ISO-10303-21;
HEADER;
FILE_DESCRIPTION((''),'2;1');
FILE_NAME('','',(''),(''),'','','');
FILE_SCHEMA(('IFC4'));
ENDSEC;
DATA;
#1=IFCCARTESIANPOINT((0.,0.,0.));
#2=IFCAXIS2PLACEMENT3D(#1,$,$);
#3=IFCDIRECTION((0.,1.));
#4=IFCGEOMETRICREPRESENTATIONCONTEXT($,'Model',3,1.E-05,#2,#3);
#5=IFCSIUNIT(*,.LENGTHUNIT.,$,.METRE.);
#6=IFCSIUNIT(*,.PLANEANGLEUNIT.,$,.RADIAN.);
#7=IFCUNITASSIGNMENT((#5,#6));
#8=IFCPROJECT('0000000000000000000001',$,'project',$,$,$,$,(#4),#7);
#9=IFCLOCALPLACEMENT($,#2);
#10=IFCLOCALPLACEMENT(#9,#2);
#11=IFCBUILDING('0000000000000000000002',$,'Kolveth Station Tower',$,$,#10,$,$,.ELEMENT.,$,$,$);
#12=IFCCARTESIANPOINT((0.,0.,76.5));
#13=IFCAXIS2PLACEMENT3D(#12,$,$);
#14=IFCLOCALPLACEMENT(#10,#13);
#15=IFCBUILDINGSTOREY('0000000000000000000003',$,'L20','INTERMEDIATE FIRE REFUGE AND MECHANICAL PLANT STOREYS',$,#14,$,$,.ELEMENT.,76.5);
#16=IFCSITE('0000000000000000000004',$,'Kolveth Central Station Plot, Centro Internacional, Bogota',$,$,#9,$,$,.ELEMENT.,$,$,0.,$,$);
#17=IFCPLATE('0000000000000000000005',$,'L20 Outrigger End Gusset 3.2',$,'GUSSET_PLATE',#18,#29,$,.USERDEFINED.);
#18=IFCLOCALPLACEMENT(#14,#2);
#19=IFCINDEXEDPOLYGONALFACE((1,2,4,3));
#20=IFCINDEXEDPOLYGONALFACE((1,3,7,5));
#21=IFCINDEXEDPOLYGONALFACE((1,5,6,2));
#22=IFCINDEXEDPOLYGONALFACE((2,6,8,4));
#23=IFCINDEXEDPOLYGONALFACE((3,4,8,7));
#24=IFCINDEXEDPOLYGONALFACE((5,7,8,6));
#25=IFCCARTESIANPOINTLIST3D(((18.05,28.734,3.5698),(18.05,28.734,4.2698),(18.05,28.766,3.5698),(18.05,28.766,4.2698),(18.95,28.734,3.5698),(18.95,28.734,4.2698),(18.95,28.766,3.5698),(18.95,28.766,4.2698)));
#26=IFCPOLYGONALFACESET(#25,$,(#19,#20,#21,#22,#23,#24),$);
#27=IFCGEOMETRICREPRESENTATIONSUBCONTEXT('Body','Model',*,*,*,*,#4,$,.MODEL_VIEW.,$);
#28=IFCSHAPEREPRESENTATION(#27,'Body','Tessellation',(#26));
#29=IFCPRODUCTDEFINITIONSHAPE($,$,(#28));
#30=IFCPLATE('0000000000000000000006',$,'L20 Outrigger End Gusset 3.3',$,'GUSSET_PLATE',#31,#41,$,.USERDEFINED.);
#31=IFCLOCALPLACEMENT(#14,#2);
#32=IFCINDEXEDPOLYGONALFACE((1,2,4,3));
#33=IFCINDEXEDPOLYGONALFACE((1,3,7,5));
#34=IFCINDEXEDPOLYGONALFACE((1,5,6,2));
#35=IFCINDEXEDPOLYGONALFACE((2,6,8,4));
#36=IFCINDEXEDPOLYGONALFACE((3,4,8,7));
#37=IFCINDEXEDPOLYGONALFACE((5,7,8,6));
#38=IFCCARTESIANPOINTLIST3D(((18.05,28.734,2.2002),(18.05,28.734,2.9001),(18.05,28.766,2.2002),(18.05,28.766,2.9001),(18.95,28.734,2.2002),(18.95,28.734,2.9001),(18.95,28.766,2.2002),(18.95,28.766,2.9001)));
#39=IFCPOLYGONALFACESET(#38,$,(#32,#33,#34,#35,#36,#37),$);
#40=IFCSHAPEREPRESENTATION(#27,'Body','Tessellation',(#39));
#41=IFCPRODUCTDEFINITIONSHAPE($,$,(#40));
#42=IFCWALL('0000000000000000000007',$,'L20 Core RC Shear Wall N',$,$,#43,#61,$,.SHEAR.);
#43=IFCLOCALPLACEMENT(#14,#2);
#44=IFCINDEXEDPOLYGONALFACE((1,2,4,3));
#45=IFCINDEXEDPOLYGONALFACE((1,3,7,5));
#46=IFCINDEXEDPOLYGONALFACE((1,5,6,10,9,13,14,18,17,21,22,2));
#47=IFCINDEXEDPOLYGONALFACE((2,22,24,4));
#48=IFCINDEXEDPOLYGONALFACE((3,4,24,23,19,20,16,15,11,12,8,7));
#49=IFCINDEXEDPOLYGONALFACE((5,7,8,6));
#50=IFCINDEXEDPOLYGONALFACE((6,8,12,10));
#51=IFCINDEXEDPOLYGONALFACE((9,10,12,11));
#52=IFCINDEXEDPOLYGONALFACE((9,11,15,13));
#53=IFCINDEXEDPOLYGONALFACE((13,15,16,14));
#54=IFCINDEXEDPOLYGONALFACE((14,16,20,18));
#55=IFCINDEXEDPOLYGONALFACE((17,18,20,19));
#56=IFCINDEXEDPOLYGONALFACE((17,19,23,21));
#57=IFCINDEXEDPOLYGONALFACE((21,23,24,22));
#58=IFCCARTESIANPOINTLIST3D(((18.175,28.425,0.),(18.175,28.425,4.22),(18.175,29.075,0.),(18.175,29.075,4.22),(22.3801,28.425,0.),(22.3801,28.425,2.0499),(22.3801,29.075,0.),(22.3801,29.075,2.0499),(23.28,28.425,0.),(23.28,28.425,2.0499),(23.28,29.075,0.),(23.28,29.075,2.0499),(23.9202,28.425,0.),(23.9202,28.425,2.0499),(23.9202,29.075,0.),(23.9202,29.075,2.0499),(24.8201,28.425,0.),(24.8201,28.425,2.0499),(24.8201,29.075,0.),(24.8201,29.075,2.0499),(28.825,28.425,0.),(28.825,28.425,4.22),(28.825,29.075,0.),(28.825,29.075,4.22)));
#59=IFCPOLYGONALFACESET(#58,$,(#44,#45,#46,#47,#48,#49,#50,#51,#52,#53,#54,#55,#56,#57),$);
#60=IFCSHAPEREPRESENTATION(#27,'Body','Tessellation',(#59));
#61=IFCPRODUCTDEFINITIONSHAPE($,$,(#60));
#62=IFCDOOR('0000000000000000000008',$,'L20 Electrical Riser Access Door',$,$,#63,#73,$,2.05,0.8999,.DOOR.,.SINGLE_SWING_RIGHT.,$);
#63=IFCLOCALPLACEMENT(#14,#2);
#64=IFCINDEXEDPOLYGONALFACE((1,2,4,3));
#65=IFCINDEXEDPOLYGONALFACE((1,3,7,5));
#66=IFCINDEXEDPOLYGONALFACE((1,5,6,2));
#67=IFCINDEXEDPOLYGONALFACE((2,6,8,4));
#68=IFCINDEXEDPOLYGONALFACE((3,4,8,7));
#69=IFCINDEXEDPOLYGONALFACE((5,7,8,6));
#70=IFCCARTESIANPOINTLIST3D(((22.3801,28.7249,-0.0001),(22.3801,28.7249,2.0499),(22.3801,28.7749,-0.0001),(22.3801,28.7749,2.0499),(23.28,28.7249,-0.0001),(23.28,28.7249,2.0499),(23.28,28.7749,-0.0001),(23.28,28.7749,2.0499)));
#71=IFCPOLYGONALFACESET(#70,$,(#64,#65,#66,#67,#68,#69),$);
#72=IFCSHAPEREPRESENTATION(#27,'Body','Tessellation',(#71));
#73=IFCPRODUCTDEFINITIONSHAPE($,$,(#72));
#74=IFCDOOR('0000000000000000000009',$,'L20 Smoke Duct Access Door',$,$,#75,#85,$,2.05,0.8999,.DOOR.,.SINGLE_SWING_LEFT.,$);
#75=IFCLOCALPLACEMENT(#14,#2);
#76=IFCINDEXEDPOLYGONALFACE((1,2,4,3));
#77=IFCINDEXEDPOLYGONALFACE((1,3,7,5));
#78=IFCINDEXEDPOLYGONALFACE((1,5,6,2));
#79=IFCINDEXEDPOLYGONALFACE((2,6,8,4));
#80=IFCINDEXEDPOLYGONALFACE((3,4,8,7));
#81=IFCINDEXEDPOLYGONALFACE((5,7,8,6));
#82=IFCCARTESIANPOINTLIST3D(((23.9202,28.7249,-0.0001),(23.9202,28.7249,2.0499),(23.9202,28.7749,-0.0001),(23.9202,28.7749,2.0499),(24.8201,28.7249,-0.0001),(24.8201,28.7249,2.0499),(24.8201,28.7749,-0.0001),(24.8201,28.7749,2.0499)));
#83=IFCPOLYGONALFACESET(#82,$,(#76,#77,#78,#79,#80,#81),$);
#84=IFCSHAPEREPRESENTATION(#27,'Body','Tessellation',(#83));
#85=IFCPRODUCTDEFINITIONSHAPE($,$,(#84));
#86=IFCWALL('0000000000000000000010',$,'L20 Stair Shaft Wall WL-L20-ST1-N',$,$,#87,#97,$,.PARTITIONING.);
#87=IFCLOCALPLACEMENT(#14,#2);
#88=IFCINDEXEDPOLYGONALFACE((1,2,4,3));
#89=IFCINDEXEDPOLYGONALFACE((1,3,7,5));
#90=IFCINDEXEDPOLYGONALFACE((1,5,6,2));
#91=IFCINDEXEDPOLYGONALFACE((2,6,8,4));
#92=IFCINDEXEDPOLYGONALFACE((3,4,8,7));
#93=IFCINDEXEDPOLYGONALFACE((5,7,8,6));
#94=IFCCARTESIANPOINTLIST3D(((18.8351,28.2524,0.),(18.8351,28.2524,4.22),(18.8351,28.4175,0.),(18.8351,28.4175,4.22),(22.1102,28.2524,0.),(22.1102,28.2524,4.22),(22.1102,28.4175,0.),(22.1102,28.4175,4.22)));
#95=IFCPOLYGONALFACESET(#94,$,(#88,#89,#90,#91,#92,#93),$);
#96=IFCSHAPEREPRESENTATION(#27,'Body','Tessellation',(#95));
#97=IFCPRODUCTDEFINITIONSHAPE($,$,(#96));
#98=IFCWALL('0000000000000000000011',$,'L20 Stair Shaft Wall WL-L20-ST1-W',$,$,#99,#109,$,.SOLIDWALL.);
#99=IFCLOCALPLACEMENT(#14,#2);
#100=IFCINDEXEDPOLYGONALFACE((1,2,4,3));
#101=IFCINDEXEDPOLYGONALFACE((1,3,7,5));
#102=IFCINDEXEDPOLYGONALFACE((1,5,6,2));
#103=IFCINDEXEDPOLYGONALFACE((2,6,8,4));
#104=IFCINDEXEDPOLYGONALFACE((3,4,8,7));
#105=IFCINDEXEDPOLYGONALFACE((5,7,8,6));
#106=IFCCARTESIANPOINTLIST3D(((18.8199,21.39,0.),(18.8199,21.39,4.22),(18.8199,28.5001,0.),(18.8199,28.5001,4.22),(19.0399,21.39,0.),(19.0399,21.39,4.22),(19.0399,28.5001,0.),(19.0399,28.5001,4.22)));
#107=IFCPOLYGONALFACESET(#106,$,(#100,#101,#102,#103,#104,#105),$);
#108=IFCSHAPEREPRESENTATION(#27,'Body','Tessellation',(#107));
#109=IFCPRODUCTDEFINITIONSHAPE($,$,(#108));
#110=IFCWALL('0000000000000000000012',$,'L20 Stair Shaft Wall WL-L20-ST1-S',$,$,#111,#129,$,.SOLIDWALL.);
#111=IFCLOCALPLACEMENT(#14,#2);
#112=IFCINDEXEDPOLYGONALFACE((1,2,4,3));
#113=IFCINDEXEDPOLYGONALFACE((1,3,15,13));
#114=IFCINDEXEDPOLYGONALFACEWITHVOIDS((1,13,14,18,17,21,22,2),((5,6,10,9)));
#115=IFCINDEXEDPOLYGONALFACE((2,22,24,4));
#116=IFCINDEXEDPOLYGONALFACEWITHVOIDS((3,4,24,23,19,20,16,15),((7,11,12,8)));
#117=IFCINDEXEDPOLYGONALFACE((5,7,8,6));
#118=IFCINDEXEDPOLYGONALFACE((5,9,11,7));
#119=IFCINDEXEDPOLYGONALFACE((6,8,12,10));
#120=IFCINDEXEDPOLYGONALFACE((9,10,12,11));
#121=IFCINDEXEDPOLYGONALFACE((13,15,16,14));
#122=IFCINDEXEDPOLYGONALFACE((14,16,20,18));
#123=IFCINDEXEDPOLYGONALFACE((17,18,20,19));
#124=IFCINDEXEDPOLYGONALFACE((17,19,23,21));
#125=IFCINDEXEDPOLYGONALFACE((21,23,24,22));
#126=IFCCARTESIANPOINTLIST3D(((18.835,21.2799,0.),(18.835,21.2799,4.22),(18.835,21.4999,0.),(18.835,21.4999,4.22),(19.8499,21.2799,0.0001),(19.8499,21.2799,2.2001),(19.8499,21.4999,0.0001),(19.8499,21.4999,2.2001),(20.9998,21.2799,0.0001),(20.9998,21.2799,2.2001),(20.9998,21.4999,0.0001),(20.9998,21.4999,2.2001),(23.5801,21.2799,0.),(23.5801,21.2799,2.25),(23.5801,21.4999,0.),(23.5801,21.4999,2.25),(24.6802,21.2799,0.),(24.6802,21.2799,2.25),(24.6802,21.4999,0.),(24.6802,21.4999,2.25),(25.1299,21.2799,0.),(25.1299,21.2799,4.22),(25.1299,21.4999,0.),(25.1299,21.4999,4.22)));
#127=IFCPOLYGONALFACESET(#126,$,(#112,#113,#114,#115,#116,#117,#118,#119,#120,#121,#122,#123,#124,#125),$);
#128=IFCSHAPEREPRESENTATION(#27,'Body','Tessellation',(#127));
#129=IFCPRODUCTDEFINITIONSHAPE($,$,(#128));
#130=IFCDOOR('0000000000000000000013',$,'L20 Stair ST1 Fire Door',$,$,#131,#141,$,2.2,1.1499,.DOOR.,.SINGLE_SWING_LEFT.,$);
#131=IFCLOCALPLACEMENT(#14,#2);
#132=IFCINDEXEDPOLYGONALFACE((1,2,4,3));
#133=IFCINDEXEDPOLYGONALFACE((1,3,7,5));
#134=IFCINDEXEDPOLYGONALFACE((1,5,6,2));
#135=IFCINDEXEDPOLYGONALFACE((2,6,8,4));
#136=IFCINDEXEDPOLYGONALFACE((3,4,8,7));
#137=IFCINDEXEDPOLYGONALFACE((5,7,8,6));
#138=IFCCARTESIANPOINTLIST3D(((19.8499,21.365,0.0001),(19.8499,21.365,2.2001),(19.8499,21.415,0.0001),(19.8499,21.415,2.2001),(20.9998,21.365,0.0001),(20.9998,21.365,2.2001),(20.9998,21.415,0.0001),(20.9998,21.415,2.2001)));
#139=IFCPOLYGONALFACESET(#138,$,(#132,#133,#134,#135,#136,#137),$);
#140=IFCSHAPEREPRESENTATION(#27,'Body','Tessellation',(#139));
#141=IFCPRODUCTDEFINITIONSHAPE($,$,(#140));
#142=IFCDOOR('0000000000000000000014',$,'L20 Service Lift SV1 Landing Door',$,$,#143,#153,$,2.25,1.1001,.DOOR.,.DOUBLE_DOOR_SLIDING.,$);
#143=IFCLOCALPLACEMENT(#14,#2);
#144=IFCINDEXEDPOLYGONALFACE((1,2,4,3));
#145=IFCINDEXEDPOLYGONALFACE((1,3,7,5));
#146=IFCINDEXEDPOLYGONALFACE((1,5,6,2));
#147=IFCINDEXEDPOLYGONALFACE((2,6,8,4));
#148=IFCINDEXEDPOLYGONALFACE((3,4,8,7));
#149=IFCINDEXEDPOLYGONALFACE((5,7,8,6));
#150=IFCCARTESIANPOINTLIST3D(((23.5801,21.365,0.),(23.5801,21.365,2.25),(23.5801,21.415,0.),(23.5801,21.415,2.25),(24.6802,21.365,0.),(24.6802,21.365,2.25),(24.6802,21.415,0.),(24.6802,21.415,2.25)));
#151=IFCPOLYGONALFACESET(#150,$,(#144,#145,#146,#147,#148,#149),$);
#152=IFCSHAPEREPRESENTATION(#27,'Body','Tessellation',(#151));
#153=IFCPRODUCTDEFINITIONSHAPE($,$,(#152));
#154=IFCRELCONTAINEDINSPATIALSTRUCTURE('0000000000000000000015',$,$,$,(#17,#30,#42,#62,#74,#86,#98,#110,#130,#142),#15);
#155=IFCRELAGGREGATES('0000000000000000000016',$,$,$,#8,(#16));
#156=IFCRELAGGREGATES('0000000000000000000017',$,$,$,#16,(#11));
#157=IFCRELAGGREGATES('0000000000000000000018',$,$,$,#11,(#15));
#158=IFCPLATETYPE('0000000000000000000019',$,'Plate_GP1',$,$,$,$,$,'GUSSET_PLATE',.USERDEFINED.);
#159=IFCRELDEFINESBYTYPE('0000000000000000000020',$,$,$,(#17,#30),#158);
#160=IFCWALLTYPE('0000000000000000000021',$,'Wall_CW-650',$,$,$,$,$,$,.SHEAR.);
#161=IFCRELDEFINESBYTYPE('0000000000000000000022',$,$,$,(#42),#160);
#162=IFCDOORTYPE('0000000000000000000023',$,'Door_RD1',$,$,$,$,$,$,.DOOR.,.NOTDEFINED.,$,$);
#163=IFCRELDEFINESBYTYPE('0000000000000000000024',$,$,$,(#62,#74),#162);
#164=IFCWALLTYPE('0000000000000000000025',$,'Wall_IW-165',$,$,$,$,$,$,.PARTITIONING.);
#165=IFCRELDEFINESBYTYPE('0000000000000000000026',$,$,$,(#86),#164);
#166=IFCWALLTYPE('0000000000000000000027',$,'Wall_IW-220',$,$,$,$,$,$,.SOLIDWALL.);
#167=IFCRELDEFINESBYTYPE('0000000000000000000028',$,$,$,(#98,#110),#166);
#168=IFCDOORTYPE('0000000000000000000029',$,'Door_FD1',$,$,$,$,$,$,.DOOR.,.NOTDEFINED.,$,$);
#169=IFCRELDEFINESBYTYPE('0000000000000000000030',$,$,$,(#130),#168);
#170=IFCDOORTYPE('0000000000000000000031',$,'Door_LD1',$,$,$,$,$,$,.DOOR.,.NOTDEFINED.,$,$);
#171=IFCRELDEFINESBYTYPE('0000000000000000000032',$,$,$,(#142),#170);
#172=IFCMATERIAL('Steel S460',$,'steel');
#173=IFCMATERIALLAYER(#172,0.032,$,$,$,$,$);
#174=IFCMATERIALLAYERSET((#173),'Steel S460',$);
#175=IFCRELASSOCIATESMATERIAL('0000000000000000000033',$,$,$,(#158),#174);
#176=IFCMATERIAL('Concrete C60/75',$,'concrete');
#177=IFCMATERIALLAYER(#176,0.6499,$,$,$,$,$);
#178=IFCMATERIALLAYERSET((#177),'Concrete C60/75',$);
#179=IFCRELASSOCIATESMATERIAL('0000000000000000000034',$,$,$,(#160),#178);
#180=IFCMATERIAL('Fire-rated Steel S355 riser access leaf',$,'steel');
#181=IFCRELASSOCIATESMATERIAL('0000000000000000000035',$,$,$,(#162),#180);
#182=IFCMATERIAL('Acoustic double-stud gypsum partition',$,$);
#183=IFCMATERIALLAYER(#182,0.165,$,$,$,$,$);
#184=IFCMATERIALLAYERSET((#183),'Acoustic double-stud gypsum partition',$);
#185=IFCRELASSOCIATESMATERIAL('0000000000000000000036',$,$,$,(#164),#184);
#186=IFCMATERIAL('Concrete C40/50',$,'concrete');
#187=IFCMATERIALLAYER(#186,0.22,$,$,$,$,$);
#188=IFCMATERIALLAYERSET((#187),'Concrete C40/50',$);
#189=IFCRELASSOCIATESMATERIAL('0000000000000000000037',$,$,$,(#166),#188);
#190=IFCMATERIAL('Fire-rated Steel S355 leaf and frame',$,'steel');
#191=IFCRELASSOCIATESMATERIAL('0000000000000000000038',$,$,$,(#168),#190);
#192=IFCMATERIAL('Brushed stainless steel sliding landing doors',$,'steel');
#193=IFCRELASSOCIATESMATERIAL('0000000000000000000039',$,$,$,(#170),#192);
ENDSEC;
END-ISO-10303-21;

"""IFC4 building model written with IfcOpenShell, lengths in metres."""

from ifc_helpers import new_model, si_unit, direction, frame, frame_2d, origin, origin_2d, place, context, subcontext, project, spatial, rectangle, extrude, source, transform, mapped, material, layer, layer_set, type_object, element, fill, save


model = new_model("IFC4")

# Units and contexts
model_context = context("Model", 3, precision=1e-05, world=origin(), true_north=direction((0.0, 1.0)))
body_context = subcontext(model_context, "Body", "Model", "MODEL_VIEW")
ifc_project = project(units=[si_unit("LENGTHUNIT", "METRE"), si_unit("PLANEANGLEUNIT", "RADIAN")], contexts=[model_context])

# Site, building, storey
site_placement = place(None, origin())
site = spatial("IfcSite", under=ifc_project, at=site_placement, Name="Kolveth Central Station Plot, Centro Internacional, Bogota", CompositionType="ELEMENT", RefElevation=0.0)
building_placement = place(site_placement, origin())
building = spatial("IfcBuilding", under=site, at=building_placement, Name="Kolveth Station Tower", CompositionType="ELEMENT")
storey_placement = place(building_placement, frame((0.0, 0.0, 76.5)))
storey = spatial("IfcBuildingStorey", under=building, at=storey_placement, Name="L20", Description="INTERMEDIATE FIRE REFUGE AND MECHANICAL PLANT STOREYS", CompositionType="ELEMENT", Elevation=76.5)

# Shared definitions
ifc_material_1 = material(Name="Steel S460", Category="steel")

# Plates
ifc_layer_1 = layer(ifc_material_1, 0.032)
ifc_layer_set_1 = layer_set([ifc_layer_1], Name="Steel S460")
plate_type = type_object("IfcPlateType", Name="Plate_GP1", ElementType="GUSSET_PLATE", PredefinedType="USERDEFINED", material=ifc_layer_set_1)
shared_shape_1 = source(origin(), body_context, "Body", "SweptSolid", [
    extrude(rectangle(XDim=0.8999, YDim=0.032, at=origin_2d()), origin(), (0.0, 0.0, 1.0), 0.7),
])
for number, where, z_axis, x_axis, name in (
    (1, (18.5, 28.75, 3.5698), (0.0, 0.0, 1.0), (1.0, 0.0, 0.0), "L20 Outrigger End Gusset 3.2"),
    (2, (18.5, 28.75, 2.2002), (0.0, 0.0, 1.0), (1.0, 0.0, 0.0), "L20 Outrigger End Gusset 3.3"),
):
    element("IfcPlate", number, at=place(storey_placement, frame(where, z_axis=z_axis, x_axis=x_axis)), inside=storey, type_object=plate_type, Name=name, ObjectType="GUSSET_PLATE", PredefinedType="USERDEFINED", context=body_context, shape_type="MappedRepresentation", body=[
        mapped(shared_shape_1, transform((0.0, 0.0, 0.0), x_axis=(1.0, 0.0, 0.0), y_axis=(0.0, 1.0, 0.0), z_axis=(0.0, 0.0, 1.0), scale=1.0)),
    ])

# Wall, openings, doors
ifc_material_2 = material(Name="Concrete C60/75", Category="concrete")
ifc_layer_2 = layer(ifc_material_2, 0.6499)
ifc_layer_set_2 = layer_set([ifc_layer_2], Name="Concrete C60/75")
wall_type_1 = type_object("IfcWallType", Name="Wall_CW-650", PredefinedType="SHEAR", material=ifc_layer_set_2)
wall_1_placement = place(storey_placement, frame((18.175, 28.75, 0.0), z_axis=(0.0, 0.0, 1.0), x_axis=(1.0, 0.0, 0.0)))
wall_1 = element("IfcWall", 3, at=wall_1_placement, inside=storey, type_object=wall_type_1, Name="L20 Core RC Shear Wall N", PredefinedType="SHEAR", context=body_context, shape_type="SweptSolid", body=[
    extrude(rectangle(XDim=10.6499, YDim=0.6499, at=frame_2d((5.325, 0.0))), origin(), (0.0, 0.0, 1.0), 4.22),
])
opening_1_placement = place(wall_1_placement, frame((4.2051, 0.0, 0.0)))
opening_1 = element("IfcOpeningElement", 4, at=opening_1_placement, cuts=wall_1, PredefinedType="OPENING", context=body_context, shape_type="SweptSolid", body=[
    extrude(rectangle(XDim=0.8999, YDim=2.05, at=frame_2d((0.45, 1.0249))), frame((0.0, 0.335, 0.0), z_axis=(0.0, -1.0, 0.0), x_axis=(1.0, 0.0, 0.0)), (0.0, 0.0, 1.0), 0.6699),
])
opening_2_placement = place(wall_1_placement, frame((5.7451, 0.0, 0.0)))
opening_2 = element("IfcOpeningElement", 5, at=opening_2_placement, cuts=wall_1, PredefinedType="OPENING", context=body_context, shape_type="SweptSolid", body=[
    extrude(rectangle(XDim=0.8999, YDim=2.05, at=frame_2d((0.45, 1.0249))), frame((0.0, 0.335, 0.0), z_axis=(0.0, -1.0, 0.0), x_axis=(1.0, 0.0, 0.0)), (0.0, 0.0, 1.0), 0.6699),
])
ifc_material_3 = material(Name="Fire-rated Steel S355 riser access leaf", Category="steel")
door_type_1 = type_object("IfcDoorType", Name="Door_RD1", OperationType="NOTDEFINED", PredefinedType="DOOR", material=ifc_material_3)
door_1_placement = place(opening_1_placement, origin())
door_1 = element("IfcDoor", 6, at=door_1_placement, inside=storey, type_object=door_type_1, Name="L20 Electrical Riser Access Door", OperationType="SINGLE_SWING_RIGHT", OverallHeight=2.05, OverallWidth=0.8999, PredefinedType="DOOR", context=body_context, shape_type="SweptSolid", body=[
    extrude(rectangle(XDim=0.8999, YDim=2.05, at=frame_2d((0.45, 1.0249))), frame((0.0, 0.0249, 0.0), z_axis=(0.0, -1.0, 0.0), x_axis=(1.0, 0.0, 0.0)), (0.0, 0.0, 1.0), 0.05),
])
fill(opening_1, door_1)
door_2_placement = place(opening_2_placement, origin())
door_2 = element("IfcDoor", 7, at=door_2_placement, inside=storey, type_object=door_type_1, Name="L20 Smoke Duct Access Door", OperationType="SINGLE_SWING_LEFT", OverallHeight=2.05, OverallWidth=0.8999, PredefinedType="DOOR", context=body_context, shape_type="SweptSolid", body=[
    extrude(rectangle(XDim=0.8999, YDim=2.05, at=frame_2d((0.45, 1.0249))), frame((0.0, 0.0249, 0.0), z_axis=(0.0, -1.0, 0.0), x_axis=(1.0, 0.0, 0.0)), (0.0, 0.0, 1.0), 0.05),
])
fill(opening_2, door_2)

# Walls
ifc_material_4 = material(Name="Acoustic double-stud gypsum partition")
ifc_layer_3 = layer(ifc_material_4, 0.165)
ifc_layer_set_3 = layer_set([ifc_layer_3], Name="Acoustic double-stud gypsum partition")
wall_type_2 = type_object("IfcWallType", Name="Wall_IW-165", PredefinedType="PARTITIONING", material=ifc_layer_set_3)
wall_2_placement = place(storey_placement, frame((18.835, 28.335, 0.0), z_axis=(0.0, 0.0, 1.0), x_axis=(1.0, 0.0, 0.0)))
element("IfcWall", 8, at=wall_2_placement, inside=storey, type_object=wall_type_2, Name="L20 Stair Shaft Wall WL-L20-ST1-N", PredefinedType="PARTITIONING", context=body_context, shape_type="SweptSolid", body=[
    extrude(rectangle(XDim=3.2751, YDim=0.165, at=frame_2d((1.6377, 0.0))), origin(), (0.0, 0.0, 1.0), 4.22),
])
ifc_material_5 = material(Name="Concrete C40/50", Category="concrete")
ifc_layer_4 = layer(ifc_material_5, 0.22)
ifc_layer_set_4 = layer_set([ifc_layer_4], Name="Concrete C40/50")
wall_type_3 = type_object("IfcWallType", Name="Wall_IW-220", PredefinedType="SOLIDWALL", material=ifc_layer_set_4)
wall_3_placement = place(storey_placement, frame((18.9299, 21.3899, 0.0), z_axis=(0.0, 0.0, 1.0), x_axis=(0.0, 1.0, 0.0)))
element("IfcWall", 9, at=wall_3_placement, inside=storey, type_object=wall_type_3, Name="L20 Stair Shaft Wall WL-L20-ST1-W", PredefinedType="SOLIDWALL", context=body_context, shape_type="SweptSolid", body=[
    extrude(rectangle(XDim=7.1101, YDim=0.22, at=frame_2d((3.5552, 0.0))), origin(), (0.0, 0.0, 1.0), 4.22),
])

# Wall, openings, doors
wall_4_placement = place(storey_placement, frame((18.835, 21.3899, 0.0), z_axis=(0.0, 0.0, 1.0), x_axis=(1.0, 0.0, 0.0)))
wall_4 = element("IfcWall", 10, at=wall_4_placement, inside=storey, type_object=wall_type_3, Name="L20 Stair Shaft Wall WL-L20-ST1-S", PredefinedType="SOLIDWALL", context=body_context, shape_type="SweptSolid", body=[
    extrude(rectangle(XDim=6.2949, YDim=0.22, at=frame_2d((3.1475, 0.0))), origin(), (0.0, 0.0, 1.0), 4.22),
])
opening_3_placement = place(wall_4_placement, frame((1.0149, 0.0, 0.0)))
opening_3 = element("IfcOpeningElement", 11, at=opening_3_placement, cuts=wall_4, PredefinedType="OPENING", context=body_context, shape_type="SweptSolid", body=[
    extrude(rectangle(XDim=1.1499, YDim=2.2, at=frame_2d((0.575, 1.1001))), frame((0.0, 0.1199, 0.0), z_axis=(0.0, -1.0, 0.0), x_axis=(1.0, 0.0, 0.0)), (0.0, 0.0, 1.0), 0.24),
])
opening_4_placement = place(wall_4_placement, frame((4.7451, 0.0, 0.0)))
opening_4 = element("IfcOpeningElement", 12, at=opening_4_placement, cuts=wall_4, PredefinedType="OPENING", context=body_context, shape_type="SweptSolid", body=[
    extrude(rectangle(XDim=1.1001, YDim=2.25, at=frame_2d((0.55, 1.125))), frame((0.0, 0.1199, 0.0), z_axis=(0.0, -1.0, 0.0), x_axis=(1.0, 0.0, 0.0)), (0.0, 0.0, 1.0), 0.24),
])
ifc_material_6 = material(Name="Fire-rated Steel S355 leaf and frame", Category="steel")
door_type_2 = type_object("IfcDoorType", Name="Door_FD1", OperationType="NOTDEFINED", PredefinedType="DOOR", material=ifc_material_6)
door_3_placement = place(opening_3_placement, frame((1.1499, 0.0, 0.0), z_axis=(0.0, 0.0, 1.0), x_axis=(-1.0, 0.0, 0.0)))
door_3 = element("IfcDoor", 13, at=door_3_placement, inside=storey, type_object=door_type_2, Name="L20 Stair ST1 Fire Door", OperationType="SINGLE_SWING_LEFT", OverallHeight=2.2, OverallWidth=1.1499, PredefinedType="DOOR", context=body_context, shape_type="SweptSolid", body=[
    extrude(rectangle(XDim=1.1499, YDim=2.2, at=frame_2d((0.575, 1.1001))), frame((0.0, 0.0249, 0.0), z_axis=(0.0, -1.0, 0.0), x_axis=(1.0, 0.0, 0.0)), (0.0, 0.0, 1.0), 0.05),
])
fill(opening_3, door_3)
ifc_material_7 = material(Name="Brushed stainless steel sliding landing doors", Category="steel")
door_type_3 = type_object("IfcDoorType", Name="Door_LD1", OperationType="NOTDEFINED", PredefinedType="DOOR", material=ifc_material_7)
door_4_placement = place(opening_4_placement, frame((1.1001, 0.0, 0.0), z_axis=(0.0, 0.0, 1.0), x_axis=(-1.0, 0.0, 0.0)))
door_4 = element("IfcDoor", 14, at=door_4_placement, inside=storey, type_object=door_type_3, Name="L20 Service Lift SV1 Landing Door", OperationType="DOUBLE_DOOR_SLIDING", OverallHeight=2.25, OverallWidth=1.1001, PredefinedType="DOOR", context=body_context, shape_type="SweptSolid", body=[
    extrude(rectangle(XDim=1.1001, YDim=2.25, at=frame_2d((0.55, 1.125))), frame((0.0, 0.0249, 0.0), z_axis=(0.0, -1.0, 0.0), x_axis=(1.0, 0.0, 0.0)), (0.0, 0.0, 1.0), 0.05),
])
fill(opening_4, door_4)

save(model, "model.ifc")
